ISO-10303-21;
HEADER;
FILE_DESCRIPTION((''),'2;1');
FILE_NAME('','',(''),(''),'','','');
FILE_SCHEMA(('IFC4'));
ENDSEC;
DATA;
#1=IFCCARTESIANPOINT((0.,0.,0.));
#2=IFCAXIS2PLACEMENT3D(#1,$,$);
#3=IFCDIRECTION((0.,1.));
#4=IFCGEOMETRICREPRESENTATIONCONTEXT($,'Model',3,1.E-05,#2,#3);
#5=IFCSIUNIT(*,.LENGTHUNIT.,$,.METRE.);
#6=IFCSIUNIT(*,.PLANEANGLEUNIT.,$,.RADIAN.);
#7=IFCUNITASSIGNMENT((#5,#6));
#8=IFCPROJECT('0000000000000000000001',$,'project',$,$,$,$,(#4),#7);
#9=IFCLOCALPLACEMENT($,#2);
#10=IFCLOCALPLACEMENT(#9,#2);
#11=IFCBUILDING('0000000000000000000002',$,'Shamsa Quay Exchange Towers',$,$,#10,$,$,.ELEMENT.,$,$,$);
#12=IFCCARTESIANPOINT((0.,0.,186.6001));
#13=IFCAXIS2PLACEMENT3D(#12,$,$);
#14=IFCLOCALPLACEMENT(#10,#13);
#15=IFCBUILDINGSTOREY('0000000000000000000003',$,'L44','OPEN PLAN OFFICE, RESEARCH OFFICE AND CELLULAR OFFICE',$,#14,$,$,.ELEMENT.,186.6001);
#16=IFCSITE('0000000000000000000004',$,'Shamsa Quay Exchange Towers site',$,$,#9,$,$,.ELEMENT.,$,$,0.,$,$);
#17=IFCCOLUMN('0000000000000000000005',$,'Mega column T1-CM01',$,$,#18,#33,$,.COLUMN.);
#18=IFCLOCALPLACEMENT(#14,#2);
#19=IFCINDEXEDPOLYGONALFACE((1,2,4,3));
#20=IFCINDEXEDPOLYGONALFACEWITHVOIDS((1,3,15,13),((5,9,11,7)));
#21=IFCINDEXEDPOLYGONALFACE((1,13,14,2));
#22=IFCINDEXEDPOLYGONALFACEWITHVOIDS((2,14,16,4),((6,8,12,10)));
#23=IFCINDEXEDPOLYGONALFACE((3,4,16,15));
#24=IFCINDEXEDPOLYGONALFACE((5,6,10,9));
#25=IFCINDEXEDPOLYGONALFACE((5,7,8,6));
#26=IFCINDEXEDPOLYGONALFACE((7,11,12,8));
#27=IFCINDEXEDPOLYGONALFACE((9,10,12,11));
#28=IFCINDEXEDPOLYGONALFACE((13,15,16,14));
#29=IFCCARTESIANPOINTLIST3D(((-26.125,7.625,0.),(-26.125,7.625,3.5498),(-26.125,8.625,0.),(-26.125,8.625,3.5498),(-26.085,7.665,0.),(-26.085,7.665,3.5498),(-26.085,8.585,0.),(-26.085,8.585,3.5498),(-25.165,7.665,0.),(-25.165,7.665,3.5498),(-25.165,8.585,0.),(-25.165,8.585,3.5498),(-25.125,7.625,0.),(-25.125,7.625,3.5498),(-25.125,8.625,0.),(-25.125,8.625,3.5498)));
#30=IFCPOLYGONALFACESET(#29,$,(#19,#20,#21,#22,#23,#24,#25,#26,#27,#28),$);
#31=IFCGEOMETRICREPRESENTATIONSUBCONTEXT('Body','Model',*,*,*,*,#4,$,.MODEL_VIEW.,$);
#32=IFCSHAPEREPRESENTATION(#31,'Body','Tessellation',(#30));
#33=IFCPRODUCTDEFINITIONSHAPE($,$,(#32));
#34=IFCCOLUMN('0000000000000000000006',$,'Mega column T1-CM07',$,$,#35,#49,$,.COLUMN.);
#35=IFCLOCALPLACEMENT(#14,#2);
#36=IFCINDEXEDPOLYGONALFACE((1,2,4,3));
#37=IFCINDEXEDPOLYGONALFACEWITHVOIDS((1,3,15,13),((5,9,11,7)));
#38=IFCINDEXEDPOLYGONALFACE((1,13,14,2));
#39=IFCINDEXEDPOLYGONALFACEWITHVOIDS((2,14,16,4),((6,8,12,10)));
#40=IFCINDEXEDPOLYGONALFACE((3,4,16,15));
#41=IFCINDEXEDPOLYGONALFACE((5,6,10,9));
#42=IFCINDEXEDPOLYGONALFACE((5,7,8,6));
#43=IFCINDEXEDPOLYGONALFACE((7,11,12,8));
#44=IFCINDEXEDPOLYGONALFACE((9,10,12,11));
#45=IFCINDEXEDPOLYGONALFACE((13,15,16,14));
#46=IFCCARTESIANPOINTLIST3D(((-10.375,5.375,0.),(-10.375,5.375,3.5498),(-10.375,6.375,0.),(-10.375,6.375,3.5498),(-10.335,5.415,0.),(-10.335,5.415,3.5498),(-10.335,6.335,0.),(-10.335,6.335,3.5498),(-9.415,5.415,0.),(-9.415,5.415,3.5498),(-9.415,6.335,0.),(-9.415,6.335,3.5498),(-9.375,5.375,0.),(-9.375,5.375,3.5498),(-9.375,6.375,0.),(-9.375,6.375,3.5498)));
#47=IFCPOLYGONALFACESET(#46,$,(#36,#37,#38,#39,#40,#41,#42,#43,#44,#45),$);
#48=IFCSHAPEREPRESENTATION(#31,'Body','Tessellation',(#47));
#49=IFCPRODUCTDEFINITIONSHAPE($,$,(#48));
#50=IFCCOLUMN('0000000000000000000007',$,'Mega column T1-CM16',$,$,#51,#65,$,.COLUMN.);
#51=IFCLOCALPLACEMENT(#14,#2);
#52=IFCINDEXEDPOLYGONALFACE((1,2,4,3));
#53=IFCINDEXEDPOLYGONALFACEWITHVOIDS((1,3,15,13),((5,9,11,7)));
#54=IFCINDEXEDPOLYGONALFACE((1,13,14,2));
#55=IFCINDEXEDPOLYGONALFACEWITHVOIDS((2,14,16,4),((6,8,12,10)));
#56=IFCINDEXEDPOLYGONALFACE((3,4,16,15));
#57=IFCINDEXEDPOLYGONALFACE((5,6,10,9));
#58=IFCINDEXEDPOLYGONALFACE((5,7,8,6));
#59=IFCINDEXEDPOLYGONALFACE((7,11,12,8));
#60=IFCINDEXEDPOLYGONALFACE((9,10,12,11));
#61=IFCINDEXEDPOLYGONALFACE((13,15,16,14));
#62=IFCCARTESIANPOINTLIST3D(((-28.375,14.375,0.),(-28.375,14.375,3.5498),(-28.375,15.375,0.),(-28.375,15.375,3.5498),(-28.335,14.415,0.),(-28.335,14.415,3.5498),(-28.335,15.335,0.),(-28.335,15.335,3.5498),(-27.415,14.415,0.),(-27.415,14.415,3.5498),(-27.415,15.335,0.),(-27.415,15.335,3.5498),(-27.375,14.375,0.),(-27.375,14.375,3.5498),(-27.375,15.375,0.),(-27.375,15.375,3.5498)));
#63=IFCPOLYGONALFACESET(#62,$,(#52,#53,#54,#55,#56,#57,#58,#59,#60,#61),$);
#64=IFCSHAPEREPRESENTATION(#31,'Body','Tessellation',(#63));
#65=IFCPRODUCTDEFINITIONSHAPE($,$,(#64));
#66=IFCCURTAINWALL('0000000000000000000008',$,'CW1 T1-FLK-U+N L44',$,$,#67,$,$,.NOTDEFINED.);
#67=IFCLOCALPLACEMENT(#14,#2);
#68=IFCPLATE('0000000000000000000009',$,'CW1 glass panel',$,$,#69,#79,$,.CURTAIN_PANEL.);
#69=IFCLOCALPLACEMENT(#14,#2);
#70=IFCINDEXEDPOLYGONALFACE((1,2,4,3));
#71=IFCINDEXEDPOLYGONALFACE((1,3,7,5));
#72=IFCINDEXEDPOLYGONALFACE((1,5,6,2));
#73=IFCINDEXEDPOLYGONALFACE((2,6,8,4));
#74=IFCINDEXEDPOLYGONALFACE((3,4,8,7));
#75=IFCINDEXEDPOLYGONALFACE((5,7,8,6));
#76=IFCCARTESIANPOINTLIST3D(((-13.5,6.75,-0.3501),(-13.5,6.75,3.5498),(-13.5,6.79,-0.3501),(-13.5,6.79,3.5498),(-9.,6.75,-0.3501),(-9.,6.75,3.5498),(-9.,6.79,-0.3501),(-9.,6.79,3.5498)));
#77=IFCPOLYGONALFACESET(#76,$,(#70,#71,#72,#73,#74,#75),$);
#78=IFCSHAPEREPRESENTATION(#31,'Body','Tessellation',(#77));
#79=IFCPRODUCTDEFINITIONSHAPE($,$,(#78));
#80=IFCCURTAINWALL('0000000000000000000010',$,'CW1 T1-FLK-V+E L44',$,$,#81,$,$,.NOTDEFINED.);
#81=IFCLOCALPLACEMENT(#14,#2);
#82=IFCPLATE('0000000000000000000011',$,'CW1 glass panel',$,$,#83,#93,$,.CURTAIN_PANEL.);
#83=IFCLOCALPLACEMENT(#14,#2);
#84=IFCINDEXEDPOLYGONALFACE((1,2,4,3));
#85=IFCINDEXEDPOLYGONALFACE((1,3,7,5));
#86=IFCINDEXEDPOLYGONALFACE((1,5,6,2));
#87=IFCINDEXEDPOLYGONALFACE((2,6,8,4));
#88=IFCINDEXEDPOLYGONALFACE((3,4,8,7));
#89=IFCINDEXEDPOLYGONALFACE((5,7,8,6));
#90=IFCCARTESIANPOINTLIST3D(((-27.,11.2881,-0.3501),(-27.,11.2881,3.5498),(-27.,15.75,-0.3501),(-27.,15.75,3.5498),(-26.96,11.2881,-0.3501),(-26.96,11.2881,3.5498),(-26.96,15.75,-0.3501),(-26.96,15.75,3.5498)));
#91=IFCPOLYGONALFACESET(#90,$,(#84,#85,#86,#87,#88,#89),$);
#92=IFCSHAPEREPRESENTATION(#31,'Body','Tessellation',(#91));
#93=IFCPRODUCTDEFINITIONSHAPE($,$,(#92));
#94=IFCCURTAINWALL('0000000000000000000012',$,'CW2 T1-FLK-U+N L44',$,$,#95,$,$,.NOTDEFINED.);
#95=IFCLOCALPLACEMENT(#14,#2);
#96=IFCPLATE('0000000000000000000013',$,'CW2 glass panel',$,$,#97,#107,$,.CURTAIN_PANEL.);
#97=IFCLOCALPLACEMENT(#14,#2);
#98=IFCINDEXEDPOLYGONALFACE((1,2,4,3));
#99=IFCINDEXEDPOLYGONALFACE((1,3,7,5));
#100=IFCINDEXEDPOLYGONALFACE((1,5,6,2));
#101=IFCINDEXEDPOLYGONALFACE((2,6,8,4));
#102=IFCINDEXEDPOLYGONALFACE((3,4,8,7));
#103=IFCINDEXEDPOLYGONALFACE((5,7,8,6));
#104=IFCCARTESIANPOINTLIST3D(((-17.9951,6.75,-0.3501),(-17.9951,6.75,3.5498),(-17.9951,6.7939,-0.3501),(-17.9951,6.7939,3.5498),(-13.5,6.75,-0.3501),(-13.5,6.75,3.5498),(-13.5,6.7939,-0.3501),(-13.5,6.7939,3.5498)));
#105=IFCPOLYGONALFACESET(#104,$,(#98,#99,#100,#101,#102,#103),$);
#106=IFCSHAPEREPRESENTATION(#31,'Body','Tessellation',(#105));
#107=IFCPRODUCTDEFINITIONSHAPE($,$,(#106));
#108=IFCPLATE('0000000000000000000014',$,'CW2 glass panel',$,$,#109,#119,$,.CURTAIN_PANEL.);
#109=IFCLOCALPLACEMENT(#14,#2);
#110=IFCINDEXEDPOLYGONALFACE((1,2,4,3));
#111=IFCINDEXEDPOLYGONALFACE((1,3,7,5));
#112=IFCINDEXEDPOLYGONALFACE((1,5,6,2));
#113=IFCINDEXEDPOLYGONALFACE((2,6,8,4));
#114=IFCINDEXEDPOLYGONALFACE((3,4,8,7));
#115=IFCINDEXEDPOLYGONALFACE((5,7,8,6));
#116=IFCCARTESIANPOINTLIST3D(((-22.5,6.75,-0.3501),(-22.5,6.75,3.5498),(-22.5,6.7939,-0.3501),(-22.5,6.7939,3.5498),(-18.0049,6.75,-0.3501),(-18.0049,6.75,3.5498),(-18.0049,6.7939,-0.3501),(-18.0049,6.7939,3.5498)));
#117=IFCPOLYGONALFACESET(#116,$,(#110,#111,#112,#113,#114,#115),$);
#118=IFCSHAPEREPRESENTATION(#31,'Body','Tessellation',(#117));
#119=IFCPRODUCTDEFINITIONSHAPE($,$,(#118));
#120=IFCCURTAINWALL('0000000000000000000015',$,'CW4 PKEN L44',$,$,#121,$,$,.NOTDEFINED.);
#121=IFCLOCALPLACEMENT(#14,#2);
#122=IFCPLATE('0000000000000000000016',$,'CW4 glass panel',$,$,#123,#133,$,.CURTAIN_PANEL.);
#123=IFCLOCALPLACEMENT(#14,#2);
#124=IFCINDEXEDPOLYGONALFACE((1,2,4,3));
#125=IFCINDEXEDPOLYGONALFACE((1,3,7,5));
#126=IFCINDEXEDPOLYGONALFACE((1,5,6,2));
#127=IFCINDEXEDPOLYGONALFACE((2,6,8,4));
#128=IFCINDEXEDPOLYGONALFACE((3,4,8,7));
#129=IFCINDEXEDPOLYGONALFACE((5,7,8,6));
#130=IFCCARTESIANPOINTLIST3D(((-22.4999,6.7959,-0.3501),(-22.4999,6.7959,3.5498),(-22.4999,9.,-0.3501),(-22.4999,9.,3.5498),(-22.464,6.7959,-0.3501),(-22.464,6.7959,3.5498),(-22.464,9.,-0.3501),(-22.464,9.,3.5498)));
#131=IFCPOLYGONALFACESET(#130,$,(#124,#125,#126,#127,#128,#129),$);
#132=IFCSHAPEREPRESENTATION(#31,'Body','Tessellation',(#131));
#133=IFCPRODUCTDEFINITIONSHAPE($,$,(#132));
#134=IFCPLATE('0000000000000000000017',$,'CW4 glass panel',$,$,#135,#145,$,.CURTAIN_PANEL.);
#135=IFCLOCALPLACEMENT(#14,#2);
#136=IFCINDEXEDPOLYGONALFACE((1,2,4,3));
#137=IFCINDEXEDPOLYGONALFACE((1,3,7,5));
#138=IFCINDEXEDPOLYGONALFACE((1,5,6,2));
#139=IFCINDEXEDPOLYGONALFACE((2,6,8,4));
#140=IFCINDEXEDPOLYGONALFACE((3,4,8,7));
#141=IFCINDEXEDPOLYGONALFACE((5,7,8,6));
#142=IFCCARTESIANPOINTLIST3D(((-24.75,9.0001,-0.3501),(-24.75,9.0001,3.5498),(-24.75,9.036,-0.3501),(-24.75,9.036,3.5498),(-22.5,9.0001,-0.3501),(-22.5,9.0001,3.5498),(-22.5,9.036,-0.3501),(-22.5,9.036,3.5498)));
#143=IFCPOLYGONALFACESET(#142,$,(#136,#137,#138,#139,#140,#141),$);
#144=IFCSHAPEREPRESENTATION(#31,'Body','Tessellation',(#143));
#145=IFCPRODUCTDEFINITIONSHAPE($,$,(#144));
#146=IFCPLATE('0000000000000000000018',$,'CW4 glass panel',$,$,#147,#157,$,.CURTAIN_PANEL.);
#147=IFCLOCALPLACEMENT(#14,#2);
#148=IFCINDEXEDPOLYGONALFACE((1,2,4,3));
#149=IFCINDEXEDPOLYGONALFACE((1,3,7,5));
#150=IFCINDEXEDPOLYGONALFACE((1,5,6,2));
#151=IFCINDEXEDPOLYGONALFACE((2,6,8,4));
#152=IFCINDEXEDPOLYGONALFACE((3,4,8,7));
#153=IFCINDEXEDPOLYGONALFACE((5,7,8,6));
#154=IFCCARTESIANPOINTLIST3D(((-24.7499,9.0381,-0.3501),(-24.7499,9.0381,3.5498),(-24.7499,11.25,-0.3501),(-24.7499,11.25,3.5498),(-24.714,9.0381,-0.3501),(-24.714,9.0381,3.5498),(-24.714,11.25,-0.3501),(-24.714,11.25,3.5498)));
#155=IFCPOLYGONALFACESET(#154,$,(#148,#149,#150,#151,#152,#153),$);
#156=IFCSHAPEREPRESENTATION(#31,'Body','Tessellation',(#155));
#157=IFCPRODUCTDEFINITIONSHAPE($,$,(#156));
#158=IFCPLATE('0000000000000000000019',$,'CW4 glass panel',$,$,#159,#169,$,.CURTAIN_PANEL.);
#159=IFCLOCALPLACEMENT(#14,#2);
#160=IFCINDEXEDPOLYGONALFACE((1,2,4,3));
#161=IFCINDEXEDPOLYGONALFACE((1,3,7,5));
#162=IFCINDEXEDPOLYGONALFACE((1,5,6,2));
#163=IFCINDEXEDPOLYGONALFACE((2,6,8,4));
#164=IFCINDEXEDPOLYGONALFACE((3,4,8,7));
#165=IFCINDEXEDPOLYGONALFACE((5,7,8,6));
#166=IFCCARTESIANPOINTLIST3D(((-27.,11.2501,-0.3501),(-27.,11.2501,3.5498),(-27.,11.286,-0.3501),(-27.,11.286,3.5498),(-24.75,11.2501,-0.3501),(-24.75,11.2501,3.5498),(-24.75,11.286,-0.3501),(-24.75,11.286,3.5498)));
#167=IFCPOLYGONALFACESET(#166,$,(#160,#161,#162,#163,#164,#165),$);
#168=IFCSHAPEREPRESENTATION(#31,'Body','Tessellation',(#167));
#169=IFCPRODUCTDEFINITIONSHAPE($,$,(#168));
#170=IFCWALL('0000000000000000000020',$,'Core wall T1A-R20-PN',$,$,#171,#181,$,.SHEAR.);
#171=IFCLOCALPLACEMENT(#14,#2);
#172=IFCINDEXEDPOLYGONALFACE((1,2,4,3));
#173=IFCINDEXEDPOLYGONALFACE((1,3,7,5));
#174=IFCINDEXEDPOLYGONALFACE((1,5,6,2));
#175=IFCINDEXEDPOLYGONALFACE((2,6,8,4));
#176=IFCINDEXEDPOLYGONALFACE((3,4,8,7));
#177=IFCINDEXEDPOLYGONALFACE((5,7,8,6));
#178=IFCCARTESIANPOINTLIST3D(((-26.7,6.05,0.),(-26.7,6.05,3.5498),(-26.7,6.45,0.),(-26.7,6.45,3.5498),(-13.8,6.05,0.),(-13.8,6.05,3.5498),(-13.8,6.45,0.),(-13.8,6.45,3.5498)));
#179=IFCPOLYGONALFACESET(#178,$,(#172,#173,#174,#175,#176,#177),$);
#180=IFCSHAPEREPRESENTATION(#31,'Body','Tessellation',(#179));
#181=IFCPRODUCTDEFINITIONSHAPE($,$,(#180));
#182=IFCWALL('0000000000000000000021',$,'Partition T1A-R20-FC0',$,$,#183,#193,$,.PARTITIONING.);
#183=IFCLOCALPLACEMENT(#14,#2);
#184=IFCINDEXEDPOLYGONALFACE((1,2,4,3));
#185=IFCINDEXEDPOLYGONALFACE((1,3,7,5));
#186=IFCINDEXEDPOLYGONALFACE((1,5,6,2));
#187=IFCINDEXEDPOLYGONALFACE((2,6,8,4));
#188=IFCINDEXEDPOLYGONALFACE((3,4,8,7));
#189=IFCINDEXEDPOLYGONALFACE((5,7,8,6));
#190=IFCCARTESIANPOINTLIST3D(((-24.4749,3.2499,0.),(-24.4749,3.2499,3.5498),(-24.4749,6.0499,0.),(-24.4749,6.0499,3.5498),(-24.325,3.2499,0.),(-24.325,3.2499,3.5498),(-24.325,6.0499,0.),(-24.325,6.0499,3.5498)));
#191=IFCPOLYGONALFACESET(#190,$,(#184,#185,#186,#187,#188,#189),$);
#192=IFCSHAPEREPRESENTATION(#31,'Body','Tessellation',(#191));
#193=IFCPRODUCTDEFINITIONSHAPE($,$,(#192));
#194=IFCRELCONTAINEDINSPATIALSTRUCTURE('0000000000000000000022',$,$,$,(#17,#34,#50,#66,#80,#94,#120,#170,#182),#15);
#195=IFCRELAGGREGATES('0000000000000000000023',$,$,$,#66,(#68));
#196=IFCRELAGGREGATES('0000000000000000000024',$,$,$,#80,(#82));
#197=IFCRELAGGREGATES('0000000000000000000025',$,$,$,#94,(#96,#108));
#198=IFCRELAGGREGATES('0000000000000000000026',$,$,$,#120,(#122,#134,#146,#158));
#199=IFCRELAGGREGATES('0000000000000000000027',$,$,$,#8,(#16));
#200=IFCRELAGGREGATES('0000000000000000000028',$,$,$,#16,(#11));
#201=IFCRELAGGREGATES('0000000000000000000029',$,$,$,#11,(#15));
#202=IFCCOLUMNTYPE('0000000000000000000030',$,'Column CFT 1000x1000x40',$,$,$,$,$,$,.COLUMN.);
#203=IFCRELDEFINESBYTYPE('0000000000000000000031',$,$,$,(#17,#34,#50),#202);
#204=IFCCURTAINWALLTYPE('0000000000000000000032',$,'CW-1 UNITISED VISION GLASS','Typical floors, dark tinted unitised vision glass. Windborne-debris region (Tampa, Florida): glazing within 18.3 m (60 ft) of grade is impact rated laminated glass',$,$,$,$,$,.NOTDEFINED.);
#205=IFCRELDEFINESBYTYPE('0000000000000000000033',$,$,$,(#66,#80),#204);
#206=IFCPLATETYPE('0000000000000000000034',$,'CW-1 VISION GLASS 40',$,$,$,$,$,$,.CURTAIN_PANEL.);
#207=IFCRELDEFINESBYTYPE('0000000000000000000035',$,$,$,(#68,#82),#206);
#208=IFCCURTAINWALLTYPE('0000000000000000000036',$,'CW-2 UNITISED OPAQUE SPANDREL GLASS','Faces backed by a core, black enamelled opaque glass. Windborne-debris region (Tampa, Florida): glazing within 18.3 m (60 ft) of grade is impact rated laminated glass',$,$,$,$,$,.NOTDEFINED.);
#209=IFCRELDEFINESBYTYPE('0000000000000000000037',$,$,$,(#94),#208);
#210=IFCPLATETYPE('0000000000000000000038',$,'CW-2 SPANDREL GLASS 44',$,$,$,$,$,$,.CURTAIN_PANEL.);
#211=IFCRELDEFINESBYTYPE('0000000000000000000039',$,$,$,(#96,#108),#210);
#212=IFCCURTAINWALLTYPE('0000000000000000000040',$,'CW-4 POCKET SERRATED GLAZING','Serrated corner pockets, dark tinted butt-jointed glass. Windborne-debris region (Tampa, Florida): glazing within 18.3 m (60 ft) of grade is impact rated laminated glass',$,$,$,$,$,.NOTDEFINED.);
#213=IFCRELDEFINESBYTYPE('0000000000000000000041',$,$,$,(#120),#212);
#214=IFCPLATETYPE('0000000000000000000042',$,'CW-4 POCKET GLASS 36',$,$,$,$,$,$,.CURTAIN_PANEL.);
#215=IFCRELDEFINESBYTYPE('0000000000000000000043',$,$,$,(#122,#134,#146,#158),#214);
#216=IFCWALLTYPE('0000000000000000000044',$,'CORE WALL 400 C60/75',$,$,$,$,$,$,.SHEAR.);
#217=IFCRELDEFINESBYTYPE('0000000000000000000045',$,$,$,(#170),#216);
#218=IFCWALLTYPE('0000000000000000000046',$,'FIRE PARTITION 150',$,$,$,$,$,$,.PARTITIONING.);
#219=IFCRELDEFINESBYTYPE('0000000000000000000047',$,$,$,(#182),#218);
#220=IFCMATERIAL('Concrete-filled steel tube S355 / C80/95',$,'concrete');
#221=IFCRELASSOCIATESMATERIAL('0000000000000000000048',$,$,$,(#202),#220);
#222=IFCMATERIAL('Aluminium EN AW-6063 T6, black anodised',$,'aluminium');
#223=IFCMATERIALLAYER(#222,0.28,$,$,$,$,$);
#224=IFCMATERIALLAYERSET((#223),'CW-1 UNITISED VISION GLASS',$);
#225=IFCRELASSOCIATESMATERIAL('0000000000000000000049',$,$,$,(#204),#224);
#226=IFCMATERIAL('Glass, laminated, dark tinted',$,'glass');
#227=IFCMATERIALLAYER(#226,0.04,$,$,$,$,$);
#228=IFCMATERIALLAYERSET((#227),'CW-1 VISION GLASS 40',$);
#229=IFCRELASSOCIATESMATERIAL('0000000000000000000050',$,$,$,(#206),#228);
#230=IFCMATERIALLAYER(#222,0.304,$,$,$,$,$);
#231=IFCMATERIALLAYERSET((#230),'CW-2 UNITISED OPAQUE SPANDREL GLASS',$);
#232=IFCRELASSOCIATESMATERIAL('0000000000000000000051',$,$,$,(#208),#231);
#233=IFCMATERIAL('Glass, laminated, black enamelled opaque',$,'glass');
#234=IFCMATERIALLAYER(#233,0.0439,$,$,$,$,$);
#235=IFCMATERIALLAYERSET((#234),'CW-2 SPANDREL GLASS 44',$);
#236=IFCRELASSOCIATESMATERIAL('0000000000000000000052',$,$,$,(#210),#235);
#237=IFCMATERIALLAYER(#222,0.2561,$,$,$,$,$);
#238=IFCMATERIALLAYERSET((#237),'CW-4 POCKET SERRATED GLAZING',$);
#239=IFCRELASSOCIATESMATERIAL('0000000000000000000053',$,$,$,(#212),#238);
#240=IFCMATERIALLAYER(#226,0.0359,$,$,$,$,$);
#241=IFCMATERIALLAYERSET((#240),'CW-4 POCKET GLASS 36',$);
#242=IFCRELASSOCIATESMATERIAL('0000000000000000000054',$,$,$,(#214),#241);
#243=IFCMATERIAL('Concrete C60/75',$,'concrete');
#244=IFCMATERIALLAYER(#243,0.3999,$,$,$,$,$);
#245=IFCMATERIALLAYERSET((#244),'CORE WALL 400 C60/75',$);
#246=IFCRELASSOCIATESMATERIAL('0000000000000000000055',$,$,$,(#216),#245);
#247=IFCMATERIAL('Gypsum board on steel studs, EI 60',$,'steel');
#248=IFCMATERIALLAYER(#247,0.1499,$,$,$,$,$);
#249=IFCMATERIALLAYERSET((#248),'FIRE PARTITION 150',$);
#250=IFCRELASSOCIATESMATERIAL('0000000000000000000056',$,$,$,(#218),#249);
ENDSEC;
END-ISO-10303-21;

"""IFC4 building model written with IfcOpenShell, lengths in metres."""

from ifc_helpers import new_model, si_unit, direction, frame, frame_2d, origin, origin_2d, place, context, subcontext, project, spatial, rectangle, hollow_rectangle, extrude, material, layer, layer_set, material_profile, profile_set, type_object, element, aggregate, save


model = new_model("IFC4")

# Units and contexts
model_context = context("Model", 3, precision=1e-05, world=origin(), true_north=direction((0.0, 1.0)))
body_context = subcontext(model_context, "Body", "Model", "MODEL_VIEW")
ifc_project = project(units=[si_unit("LENGTHUNIT", "METRE"), si_unit("PLANEANGLEUNIT", "RADIAN")], contexts=[model_context])

# Site, building, storey
site_placement = place(None, origin())
site = spatial("IfcSite", under=ifc_project, at=site_placement, Name="Shamsa Quay Exchange Towers site", CompositionType="ELEMENT", RefElevation=0.0)
building_placement = place(site_placement, origin())
building = spatial("IfcBuilding", under=site, at=building_placement, Name="Shamsa Quay Exchange Towers", CompositionType="ELEMENT")
storey_placement = place(building_placement, frame((0.0, 0.0, 186.6001)))
storey = spatial("IfcBuildingStorey", under=building, at=storey_placement, Name="L44", Description="OPEN PLAN OFFICE, RESEARCH OFFICE AND CELLULAR OFFICE", CompositionType="ELEMENT", Elevation=186.6001)

# Columns
ifc_material_1 = material(Name="Concrete-filled steel tube S355 / C80/95", Category="concrete")
ifc_material_profile = material_profile(ifc_material_1, hollow_rectangle(XDim=1.0, YDim=1.0, WallThickness=0.04, at=origin_2d()), Name="CFT 1000x1000x40")
ifc_profile_set = profile_set([ifc_material_profile], Name="Concrete-filled steel tube S355 / C80/95")
column_type = type_object("IfcColumnType", Name="Column CFT 1000x1000x40", PredefinedType="COLUMN", material=ifc_profile_set)
for number, where, name in (
    (1, (-25.625, 8.125, 0.0), "Mega column T1-CM01"),
    (2, (-9.875, 5.875, 0.0), "Mega column T1-CM07"),
    (3, (-27.875, 14.875, 0.0), "Mega column T1-CM16"),
):
    element("IfcColumn", number, at=place(storey_placement, frame(where)), inside=storey, type_object=column_type, Name=name, PredefinedType="COLUMN", context=body_context, shape_type="SweptSolid", body=[
        extrude(hollow_rectangle(XDim=1.0, YDim=1.0, WallThickness=0.04, at=origin_2d()), origin(), (0.0, 0.0, 1.0), 3.5498),
    ])

# Curtain walls, plates
ifc_material_2 = material(Name="Aluminium EN AW-6063 T6, black anodised", Category="aluminium")
ifc_layer_1 = layer(ifc_material_2, 0.28)
ifc_layer_set_1 = layer_set([ifc_layer_1], Name="CW-1 UNITISED VISION GLASS")
curtain_wall_type_1 = type_object("IfcCurtainWallType", Name="CW-1 UNITISED VISION GLASS", Description="Typical floors, dark tinted unitised vision glass. Windborne-debris region (Tampa, Florida): glazing within 18.3 m (60 ft) of grade is impact rated laminated glass", PredefinedType="NOTDEFINED", material=ifc_layer_set_1)
curtain_wall_1_placement = place(storey_placement, origin())
curtain_wall_1 = element("IfcCurtainWall", 4, at=curtain_wall_1_placement, inside=storey, type_object=curtain_wall_type_1, Name="CW1 T1-FLK-U+N L44", PredefinedType="NOTDEFINED")
ifc_material_3 = material(Name="Glass, laminated, dark tinted", Category="glass")
ifc_layer_2 = layer(ifc_material_3, 0.04)
ifc_layer_set_2 = layer_set([ifc_layer_2], Name="CW-1 VISION GLASS 40")
plate_type_1 = type_object("IfcPlateType", Name="CW-1 VISION GLASS 40", PredefinedType="CURTAIN_PANEL", material=ifc_layer_set_2)
plate_1_placement = place(storey_placement, frame((-11.25, 6.77, -0.3501), z_axis=(0.0, 0.0, 1.0), x_axis=(-1.0, 0.0, 0.0)))
plate_1 = element("IfcPlate", 5, at=plate_1_placement, type_object=plate_type_1, Name="CW1 glass panel", PredefinedType="CURTAIN_PANEL", context=body_context, shape_type="SweptSolid", body=[
    extrude(rectangle(XDim=4.5, YDim=0.04, at=origin_2d()), origin(), (0.0, 0.0, 1.0), 3.8999),
])
aggregate(curtain_wall_1, [plate_1])
curtain_wall_2_placement = place(storey_placement, origin())
curtain_wall_2 = element("IfcCurtainWall", 6, at=curtain_wall_2_placement, inside=storey, type_object=curtain_wall_type_1, Name="CW1 T1-FLK-V+E L44", PredefinedType="NOTDEFINED")
plate_2_placement = place(storey_placement, frame((-26.98, 13.519, -0.3501), z_axis=(0.0, 0.0, 1.0), x_axis=(0.0, 1.0, 0.0)))
plate_2 = element("IfcPlate", 7, at=plate_2_placement, type_object=plate_type_1, Name="CW1 glass panel", PredefinedType="CURTAIN_PANEL", context=body_context, shape_type="SweptSolid", body=[
    extrude(rectangle(XDim=4.4619, YDim=0.04, at=origin_2d()), origin(), (0.0, 0.0, 1.0), 3.8999),
])
aggregate(curtain_wall_2, [plate_2])

# Curtain walls, plates
ifc_layer_3 = layer(ifc_material_2, 0.304)
ifc_layer_set_3 = layer_set([ifc_layer_3], Name="CW-2 UNITISED OPAQUE SPANDREL GLASS")
curtain_wall_type_2 = type_object("IfcCurtainWallType", Name="CW-2 UNITISED OPAQUE SPANDREL GLASS", Description="Faces backed by a core, black enamelled opaque glass. Windborne-debris region (Tampa, Florida): glazing within 18.3 m (60 ft) of grade is impact rated laminated glass", PredefinedType="NOTDEFINED", material=ifc_layer_set_3)
curtain_wall_3_placement = place(storey_placement, origin())
curtain_wall_3 = element("IfcCurtainWall", 8, at=curtain_wall_3_placement, inside=storey, type_object=curtain_wall_type_2, Name="CW2 T1-FLK-U+N L44", PredefinedType="NOTDEFINED")
ifc_material_4 = material(Name="Glass, laminated, black enamelled opaque", Category="glass")
ifc_layer_4 = layer(ifc_material_4, 0.0439)
ifc_layer_set_4 = layer_set([ifc_layer_4], Name="CW-2 SPANDREL GLASS 44")
plate_type_2 = type_object("IfcPlateType", Name="CW-2 SPANDREL GLASS 44", PredefinedType="CURTAIN_PANEL", material=ifc_layer_set_4)
plate_3_placement = place(storey_placement, frame((-15.7476, 6.772, -0.3501), z_axis=(0.0, 0.0, 1.0), x_axis=(-1.0, 0.0, 0.0)))
plate_3 = element("IfcPlate", 9, at=plate_3_placement, type_object=plate_type_2, Name="CW2 glass panel", PredefinedType="CURTAIN_PANEL", context=body_context, shape_type="SweptSolid", body=[
    extrude(rectangle(XDim=4.4951, YDim=0.0439, at=origin_2d()), origin(), (0.0, 0.0, 1.0), 3.8999),
])
plate_4_placement = place(storey_placement, frame((-20.2524, 6.772, -0.3501), z_axis=(0.0, 0.0, 1.0), x_axis=(-1.0, 0.0, 0.0)))
plate_4 = element("IfcPlate", 10, at=plate_4_placement, type_object=plate_type_2, Name="CW2 glass panel", PredefinedType="CURTAIN_PANEL", context=body_context, shape_type="SweptSolid", body=[
    extrude(rectangle(XDim=4.4951, YDim=0.0439, at=origin_2d()), origin(), (0.0, 0.0, 1.0), 3.8999),
])
aggregate(curtain_wall_3, [plate_3, plate_4])
ifc_layer_5 = layer(ifc_material_2, 0.2561)
ifc_layer_set_5 = layer_set([ifc_layer_5], Name="CW-4 POCKET SERRATED GLAZING")
curtain_wall_type_3 = type_object("IfcCurtainWallType", Name="CW-4 POCKET SERRATED GLAZING", Description="Serrated corner pockets, dark tinted butt-jointed glass. Windborne-debris region (Tampa, Florida): glazing within 18.3 m (60 ft) of grade is impact rated laminated glass", PredefinedType="NOTDEFINED", material=ifc_layer_set_5)
curtain_wall_4_placement = place(storey_placement, origin())
curtain_wall_4 = element("IfcCurtainWall", 11, at=curtain_wall_4_placement, inside=storey, type_object=curtain_wall_type_3, Name="CW4 PKEN L44", PredefinedType="NOTDEFINED")
ifc_layer_6 = layer(ifc_material_3, 0.0359)
ifc_layer_set_6 = layer_set([ifc_layer_6], Name="CW-4 POCKET GLASS 36")
plate_type_3 = type_object("IfcPlateType", Name="CW-4 POCKET GLASS 36", PredefinedType="CURTAIN_PANEL", material=ifc_layer_set_6)
plate_5_placement = place(storey_placement, frame((-22.4819, 7.8979, -0.3501), z_axis=(0.0, 0.0, 1.0), x_axis=(0.0, 1.0, 0.0)))
plate_5 = element("IfcPlate", 12, at=plate_5_placement, type_object=plate_type_3, Name="CW4 glass panel", PredefinedType="CURTAIN_PANEL", context=body_context, shape_type="SweptSolid", body=[
    extrude(rectangle(XDim=2.2041, YDim=0.0359, at=origin_2d()), origin(), (0.0, 0.0, 1.0), 3.8999),
])
plate_6_placement = place(storey_placement, frame((-23.625, 9.0181, -0.3501), z_axis=(0.0, 0.0, 1.0), x_axis=(-1.0, 0.0, 0.0)))
plate_6 = element("IfcPlate", 13, at=plate_6_placement, type_object=plate_type_3, Name="CW4 glass panel", PredefinedType="CURTAIN_PANEL", context=body_context, shape_type="SweptSolid", body=[
    extrude(rectangle(XDim=2.25, YDim=0.0359, at=origin_2d()), origin(), (0.0, 0.0, 1.0), 3.8999),
])
plate_7_placement = place(storey_placement, frame((-24.7319, 10.144, -0.3501), z_axis=(0.0, 0.0, 1.0), x_axis=(0.0, 1.0, 0.0)))
plate_7 = element("IfcPlate", 14, at=plate_7_placement, type_object=plate_type_3, Name="CW4 glass panel", PredefinedType="CURTAIN_PANEL", context=body_context, shape_type="SweptSolid", body=[
    extrude(rectangle(XDim=2.2119, YDim=0.0359, at=origin_2d()), origin(), (0.0, 0.0, 1.0), 3.8999),
])
plate_8_placement = place(storey_placement, frame((-25.875, 11.2681, -0.3501), z_axis=(0.0, 0.0, 1.0), x_axis=(-1.0, 0.0, 0.0)))
plate_8 = element("IfcPlate", 15, at=plate_8_placement, type_object=plate_type_3, Name="CW4 glass panel", PredefinedType="CURTAIN_PANEL", context=body_context, shape_type="SweptSolid", body=[
    extrude(rectangle(XDim=2.25, YDim=0.0359, at=origin_2d()), origin(), (0.0, 0.0, 1.0), 3.8999),
])
aggregate(curtain_wall_4, [plate_5, plate_6, plate_7, plate_8])

# Wall
ifc_material_5 = material(Name="Concrete C60/75", Category="concrete")
ifc_layer_7 = layer(ifc_material_5, 0.3999)
ifc_layer_set_7 = layer_set([ifc_layer_7], Name="CORE WALL 400 C60/75")
wall_type_1 = type_object("IfcWallType", Name="CORE WALL 400 C60/75", PredefinedType="SHEAR", material=ifc_layer_set_7)
wall_1_placement = place(storey_placement, frame((-26.7, 6.25, 0.0)))
element("IfcWall", 16, at=wall_1_placement, inside=storey, type_object=wall_type_1, Name="Core wall T1A-R20-PN", PredefinedType="SHEAR", context=body_context, shape_type="SweptSolid", body=[
    extrude(rectangle(XDim=12.8999, YDim=0.3999, at=frame_2d((6.45, 0.0))), origin(), (0.0, 0.0, 1.0), 3.5498),
])

# Wall
ifc_material_6 = material(Name="Gypsum board on steel studs, EI 60", Category="steel")
ifc_layer_8 = layer(ifc_material_6, 0.1499)
ifc_layer_set_8 = layer_set([ifc_layer_8], Name="FIRE PARTITION 150")
wall_type_2 = type_object("IfcWallType", Name="FIRE PARTITION 150", PredefinedType="PARTITIONING", material=ifc_layer_set_8)
wall_2_placement = place(storey_placement, frame((-24.3999, 3.25, 0.0), z_axis=(0.0, 0.0, 1.0), x_axis=(0.0, 1.0, 0.0)))
element("IfcWall", 17, at=wall_2_placement, inside=storey, type_object=wall_type_2, Name="Partition T1A-R20-FC0", PredefinedType="PARTITIONING", context=body_context, shape_type="SweptSolid", body=[
    extrude(rectangle(XDim=2.8, YDim=0.1499, at=frame_2d((1.3999, 0.0))), origin(), (0.0, 0.0, 1.0), 3.5498),
])

save(model, "model.ifc")
